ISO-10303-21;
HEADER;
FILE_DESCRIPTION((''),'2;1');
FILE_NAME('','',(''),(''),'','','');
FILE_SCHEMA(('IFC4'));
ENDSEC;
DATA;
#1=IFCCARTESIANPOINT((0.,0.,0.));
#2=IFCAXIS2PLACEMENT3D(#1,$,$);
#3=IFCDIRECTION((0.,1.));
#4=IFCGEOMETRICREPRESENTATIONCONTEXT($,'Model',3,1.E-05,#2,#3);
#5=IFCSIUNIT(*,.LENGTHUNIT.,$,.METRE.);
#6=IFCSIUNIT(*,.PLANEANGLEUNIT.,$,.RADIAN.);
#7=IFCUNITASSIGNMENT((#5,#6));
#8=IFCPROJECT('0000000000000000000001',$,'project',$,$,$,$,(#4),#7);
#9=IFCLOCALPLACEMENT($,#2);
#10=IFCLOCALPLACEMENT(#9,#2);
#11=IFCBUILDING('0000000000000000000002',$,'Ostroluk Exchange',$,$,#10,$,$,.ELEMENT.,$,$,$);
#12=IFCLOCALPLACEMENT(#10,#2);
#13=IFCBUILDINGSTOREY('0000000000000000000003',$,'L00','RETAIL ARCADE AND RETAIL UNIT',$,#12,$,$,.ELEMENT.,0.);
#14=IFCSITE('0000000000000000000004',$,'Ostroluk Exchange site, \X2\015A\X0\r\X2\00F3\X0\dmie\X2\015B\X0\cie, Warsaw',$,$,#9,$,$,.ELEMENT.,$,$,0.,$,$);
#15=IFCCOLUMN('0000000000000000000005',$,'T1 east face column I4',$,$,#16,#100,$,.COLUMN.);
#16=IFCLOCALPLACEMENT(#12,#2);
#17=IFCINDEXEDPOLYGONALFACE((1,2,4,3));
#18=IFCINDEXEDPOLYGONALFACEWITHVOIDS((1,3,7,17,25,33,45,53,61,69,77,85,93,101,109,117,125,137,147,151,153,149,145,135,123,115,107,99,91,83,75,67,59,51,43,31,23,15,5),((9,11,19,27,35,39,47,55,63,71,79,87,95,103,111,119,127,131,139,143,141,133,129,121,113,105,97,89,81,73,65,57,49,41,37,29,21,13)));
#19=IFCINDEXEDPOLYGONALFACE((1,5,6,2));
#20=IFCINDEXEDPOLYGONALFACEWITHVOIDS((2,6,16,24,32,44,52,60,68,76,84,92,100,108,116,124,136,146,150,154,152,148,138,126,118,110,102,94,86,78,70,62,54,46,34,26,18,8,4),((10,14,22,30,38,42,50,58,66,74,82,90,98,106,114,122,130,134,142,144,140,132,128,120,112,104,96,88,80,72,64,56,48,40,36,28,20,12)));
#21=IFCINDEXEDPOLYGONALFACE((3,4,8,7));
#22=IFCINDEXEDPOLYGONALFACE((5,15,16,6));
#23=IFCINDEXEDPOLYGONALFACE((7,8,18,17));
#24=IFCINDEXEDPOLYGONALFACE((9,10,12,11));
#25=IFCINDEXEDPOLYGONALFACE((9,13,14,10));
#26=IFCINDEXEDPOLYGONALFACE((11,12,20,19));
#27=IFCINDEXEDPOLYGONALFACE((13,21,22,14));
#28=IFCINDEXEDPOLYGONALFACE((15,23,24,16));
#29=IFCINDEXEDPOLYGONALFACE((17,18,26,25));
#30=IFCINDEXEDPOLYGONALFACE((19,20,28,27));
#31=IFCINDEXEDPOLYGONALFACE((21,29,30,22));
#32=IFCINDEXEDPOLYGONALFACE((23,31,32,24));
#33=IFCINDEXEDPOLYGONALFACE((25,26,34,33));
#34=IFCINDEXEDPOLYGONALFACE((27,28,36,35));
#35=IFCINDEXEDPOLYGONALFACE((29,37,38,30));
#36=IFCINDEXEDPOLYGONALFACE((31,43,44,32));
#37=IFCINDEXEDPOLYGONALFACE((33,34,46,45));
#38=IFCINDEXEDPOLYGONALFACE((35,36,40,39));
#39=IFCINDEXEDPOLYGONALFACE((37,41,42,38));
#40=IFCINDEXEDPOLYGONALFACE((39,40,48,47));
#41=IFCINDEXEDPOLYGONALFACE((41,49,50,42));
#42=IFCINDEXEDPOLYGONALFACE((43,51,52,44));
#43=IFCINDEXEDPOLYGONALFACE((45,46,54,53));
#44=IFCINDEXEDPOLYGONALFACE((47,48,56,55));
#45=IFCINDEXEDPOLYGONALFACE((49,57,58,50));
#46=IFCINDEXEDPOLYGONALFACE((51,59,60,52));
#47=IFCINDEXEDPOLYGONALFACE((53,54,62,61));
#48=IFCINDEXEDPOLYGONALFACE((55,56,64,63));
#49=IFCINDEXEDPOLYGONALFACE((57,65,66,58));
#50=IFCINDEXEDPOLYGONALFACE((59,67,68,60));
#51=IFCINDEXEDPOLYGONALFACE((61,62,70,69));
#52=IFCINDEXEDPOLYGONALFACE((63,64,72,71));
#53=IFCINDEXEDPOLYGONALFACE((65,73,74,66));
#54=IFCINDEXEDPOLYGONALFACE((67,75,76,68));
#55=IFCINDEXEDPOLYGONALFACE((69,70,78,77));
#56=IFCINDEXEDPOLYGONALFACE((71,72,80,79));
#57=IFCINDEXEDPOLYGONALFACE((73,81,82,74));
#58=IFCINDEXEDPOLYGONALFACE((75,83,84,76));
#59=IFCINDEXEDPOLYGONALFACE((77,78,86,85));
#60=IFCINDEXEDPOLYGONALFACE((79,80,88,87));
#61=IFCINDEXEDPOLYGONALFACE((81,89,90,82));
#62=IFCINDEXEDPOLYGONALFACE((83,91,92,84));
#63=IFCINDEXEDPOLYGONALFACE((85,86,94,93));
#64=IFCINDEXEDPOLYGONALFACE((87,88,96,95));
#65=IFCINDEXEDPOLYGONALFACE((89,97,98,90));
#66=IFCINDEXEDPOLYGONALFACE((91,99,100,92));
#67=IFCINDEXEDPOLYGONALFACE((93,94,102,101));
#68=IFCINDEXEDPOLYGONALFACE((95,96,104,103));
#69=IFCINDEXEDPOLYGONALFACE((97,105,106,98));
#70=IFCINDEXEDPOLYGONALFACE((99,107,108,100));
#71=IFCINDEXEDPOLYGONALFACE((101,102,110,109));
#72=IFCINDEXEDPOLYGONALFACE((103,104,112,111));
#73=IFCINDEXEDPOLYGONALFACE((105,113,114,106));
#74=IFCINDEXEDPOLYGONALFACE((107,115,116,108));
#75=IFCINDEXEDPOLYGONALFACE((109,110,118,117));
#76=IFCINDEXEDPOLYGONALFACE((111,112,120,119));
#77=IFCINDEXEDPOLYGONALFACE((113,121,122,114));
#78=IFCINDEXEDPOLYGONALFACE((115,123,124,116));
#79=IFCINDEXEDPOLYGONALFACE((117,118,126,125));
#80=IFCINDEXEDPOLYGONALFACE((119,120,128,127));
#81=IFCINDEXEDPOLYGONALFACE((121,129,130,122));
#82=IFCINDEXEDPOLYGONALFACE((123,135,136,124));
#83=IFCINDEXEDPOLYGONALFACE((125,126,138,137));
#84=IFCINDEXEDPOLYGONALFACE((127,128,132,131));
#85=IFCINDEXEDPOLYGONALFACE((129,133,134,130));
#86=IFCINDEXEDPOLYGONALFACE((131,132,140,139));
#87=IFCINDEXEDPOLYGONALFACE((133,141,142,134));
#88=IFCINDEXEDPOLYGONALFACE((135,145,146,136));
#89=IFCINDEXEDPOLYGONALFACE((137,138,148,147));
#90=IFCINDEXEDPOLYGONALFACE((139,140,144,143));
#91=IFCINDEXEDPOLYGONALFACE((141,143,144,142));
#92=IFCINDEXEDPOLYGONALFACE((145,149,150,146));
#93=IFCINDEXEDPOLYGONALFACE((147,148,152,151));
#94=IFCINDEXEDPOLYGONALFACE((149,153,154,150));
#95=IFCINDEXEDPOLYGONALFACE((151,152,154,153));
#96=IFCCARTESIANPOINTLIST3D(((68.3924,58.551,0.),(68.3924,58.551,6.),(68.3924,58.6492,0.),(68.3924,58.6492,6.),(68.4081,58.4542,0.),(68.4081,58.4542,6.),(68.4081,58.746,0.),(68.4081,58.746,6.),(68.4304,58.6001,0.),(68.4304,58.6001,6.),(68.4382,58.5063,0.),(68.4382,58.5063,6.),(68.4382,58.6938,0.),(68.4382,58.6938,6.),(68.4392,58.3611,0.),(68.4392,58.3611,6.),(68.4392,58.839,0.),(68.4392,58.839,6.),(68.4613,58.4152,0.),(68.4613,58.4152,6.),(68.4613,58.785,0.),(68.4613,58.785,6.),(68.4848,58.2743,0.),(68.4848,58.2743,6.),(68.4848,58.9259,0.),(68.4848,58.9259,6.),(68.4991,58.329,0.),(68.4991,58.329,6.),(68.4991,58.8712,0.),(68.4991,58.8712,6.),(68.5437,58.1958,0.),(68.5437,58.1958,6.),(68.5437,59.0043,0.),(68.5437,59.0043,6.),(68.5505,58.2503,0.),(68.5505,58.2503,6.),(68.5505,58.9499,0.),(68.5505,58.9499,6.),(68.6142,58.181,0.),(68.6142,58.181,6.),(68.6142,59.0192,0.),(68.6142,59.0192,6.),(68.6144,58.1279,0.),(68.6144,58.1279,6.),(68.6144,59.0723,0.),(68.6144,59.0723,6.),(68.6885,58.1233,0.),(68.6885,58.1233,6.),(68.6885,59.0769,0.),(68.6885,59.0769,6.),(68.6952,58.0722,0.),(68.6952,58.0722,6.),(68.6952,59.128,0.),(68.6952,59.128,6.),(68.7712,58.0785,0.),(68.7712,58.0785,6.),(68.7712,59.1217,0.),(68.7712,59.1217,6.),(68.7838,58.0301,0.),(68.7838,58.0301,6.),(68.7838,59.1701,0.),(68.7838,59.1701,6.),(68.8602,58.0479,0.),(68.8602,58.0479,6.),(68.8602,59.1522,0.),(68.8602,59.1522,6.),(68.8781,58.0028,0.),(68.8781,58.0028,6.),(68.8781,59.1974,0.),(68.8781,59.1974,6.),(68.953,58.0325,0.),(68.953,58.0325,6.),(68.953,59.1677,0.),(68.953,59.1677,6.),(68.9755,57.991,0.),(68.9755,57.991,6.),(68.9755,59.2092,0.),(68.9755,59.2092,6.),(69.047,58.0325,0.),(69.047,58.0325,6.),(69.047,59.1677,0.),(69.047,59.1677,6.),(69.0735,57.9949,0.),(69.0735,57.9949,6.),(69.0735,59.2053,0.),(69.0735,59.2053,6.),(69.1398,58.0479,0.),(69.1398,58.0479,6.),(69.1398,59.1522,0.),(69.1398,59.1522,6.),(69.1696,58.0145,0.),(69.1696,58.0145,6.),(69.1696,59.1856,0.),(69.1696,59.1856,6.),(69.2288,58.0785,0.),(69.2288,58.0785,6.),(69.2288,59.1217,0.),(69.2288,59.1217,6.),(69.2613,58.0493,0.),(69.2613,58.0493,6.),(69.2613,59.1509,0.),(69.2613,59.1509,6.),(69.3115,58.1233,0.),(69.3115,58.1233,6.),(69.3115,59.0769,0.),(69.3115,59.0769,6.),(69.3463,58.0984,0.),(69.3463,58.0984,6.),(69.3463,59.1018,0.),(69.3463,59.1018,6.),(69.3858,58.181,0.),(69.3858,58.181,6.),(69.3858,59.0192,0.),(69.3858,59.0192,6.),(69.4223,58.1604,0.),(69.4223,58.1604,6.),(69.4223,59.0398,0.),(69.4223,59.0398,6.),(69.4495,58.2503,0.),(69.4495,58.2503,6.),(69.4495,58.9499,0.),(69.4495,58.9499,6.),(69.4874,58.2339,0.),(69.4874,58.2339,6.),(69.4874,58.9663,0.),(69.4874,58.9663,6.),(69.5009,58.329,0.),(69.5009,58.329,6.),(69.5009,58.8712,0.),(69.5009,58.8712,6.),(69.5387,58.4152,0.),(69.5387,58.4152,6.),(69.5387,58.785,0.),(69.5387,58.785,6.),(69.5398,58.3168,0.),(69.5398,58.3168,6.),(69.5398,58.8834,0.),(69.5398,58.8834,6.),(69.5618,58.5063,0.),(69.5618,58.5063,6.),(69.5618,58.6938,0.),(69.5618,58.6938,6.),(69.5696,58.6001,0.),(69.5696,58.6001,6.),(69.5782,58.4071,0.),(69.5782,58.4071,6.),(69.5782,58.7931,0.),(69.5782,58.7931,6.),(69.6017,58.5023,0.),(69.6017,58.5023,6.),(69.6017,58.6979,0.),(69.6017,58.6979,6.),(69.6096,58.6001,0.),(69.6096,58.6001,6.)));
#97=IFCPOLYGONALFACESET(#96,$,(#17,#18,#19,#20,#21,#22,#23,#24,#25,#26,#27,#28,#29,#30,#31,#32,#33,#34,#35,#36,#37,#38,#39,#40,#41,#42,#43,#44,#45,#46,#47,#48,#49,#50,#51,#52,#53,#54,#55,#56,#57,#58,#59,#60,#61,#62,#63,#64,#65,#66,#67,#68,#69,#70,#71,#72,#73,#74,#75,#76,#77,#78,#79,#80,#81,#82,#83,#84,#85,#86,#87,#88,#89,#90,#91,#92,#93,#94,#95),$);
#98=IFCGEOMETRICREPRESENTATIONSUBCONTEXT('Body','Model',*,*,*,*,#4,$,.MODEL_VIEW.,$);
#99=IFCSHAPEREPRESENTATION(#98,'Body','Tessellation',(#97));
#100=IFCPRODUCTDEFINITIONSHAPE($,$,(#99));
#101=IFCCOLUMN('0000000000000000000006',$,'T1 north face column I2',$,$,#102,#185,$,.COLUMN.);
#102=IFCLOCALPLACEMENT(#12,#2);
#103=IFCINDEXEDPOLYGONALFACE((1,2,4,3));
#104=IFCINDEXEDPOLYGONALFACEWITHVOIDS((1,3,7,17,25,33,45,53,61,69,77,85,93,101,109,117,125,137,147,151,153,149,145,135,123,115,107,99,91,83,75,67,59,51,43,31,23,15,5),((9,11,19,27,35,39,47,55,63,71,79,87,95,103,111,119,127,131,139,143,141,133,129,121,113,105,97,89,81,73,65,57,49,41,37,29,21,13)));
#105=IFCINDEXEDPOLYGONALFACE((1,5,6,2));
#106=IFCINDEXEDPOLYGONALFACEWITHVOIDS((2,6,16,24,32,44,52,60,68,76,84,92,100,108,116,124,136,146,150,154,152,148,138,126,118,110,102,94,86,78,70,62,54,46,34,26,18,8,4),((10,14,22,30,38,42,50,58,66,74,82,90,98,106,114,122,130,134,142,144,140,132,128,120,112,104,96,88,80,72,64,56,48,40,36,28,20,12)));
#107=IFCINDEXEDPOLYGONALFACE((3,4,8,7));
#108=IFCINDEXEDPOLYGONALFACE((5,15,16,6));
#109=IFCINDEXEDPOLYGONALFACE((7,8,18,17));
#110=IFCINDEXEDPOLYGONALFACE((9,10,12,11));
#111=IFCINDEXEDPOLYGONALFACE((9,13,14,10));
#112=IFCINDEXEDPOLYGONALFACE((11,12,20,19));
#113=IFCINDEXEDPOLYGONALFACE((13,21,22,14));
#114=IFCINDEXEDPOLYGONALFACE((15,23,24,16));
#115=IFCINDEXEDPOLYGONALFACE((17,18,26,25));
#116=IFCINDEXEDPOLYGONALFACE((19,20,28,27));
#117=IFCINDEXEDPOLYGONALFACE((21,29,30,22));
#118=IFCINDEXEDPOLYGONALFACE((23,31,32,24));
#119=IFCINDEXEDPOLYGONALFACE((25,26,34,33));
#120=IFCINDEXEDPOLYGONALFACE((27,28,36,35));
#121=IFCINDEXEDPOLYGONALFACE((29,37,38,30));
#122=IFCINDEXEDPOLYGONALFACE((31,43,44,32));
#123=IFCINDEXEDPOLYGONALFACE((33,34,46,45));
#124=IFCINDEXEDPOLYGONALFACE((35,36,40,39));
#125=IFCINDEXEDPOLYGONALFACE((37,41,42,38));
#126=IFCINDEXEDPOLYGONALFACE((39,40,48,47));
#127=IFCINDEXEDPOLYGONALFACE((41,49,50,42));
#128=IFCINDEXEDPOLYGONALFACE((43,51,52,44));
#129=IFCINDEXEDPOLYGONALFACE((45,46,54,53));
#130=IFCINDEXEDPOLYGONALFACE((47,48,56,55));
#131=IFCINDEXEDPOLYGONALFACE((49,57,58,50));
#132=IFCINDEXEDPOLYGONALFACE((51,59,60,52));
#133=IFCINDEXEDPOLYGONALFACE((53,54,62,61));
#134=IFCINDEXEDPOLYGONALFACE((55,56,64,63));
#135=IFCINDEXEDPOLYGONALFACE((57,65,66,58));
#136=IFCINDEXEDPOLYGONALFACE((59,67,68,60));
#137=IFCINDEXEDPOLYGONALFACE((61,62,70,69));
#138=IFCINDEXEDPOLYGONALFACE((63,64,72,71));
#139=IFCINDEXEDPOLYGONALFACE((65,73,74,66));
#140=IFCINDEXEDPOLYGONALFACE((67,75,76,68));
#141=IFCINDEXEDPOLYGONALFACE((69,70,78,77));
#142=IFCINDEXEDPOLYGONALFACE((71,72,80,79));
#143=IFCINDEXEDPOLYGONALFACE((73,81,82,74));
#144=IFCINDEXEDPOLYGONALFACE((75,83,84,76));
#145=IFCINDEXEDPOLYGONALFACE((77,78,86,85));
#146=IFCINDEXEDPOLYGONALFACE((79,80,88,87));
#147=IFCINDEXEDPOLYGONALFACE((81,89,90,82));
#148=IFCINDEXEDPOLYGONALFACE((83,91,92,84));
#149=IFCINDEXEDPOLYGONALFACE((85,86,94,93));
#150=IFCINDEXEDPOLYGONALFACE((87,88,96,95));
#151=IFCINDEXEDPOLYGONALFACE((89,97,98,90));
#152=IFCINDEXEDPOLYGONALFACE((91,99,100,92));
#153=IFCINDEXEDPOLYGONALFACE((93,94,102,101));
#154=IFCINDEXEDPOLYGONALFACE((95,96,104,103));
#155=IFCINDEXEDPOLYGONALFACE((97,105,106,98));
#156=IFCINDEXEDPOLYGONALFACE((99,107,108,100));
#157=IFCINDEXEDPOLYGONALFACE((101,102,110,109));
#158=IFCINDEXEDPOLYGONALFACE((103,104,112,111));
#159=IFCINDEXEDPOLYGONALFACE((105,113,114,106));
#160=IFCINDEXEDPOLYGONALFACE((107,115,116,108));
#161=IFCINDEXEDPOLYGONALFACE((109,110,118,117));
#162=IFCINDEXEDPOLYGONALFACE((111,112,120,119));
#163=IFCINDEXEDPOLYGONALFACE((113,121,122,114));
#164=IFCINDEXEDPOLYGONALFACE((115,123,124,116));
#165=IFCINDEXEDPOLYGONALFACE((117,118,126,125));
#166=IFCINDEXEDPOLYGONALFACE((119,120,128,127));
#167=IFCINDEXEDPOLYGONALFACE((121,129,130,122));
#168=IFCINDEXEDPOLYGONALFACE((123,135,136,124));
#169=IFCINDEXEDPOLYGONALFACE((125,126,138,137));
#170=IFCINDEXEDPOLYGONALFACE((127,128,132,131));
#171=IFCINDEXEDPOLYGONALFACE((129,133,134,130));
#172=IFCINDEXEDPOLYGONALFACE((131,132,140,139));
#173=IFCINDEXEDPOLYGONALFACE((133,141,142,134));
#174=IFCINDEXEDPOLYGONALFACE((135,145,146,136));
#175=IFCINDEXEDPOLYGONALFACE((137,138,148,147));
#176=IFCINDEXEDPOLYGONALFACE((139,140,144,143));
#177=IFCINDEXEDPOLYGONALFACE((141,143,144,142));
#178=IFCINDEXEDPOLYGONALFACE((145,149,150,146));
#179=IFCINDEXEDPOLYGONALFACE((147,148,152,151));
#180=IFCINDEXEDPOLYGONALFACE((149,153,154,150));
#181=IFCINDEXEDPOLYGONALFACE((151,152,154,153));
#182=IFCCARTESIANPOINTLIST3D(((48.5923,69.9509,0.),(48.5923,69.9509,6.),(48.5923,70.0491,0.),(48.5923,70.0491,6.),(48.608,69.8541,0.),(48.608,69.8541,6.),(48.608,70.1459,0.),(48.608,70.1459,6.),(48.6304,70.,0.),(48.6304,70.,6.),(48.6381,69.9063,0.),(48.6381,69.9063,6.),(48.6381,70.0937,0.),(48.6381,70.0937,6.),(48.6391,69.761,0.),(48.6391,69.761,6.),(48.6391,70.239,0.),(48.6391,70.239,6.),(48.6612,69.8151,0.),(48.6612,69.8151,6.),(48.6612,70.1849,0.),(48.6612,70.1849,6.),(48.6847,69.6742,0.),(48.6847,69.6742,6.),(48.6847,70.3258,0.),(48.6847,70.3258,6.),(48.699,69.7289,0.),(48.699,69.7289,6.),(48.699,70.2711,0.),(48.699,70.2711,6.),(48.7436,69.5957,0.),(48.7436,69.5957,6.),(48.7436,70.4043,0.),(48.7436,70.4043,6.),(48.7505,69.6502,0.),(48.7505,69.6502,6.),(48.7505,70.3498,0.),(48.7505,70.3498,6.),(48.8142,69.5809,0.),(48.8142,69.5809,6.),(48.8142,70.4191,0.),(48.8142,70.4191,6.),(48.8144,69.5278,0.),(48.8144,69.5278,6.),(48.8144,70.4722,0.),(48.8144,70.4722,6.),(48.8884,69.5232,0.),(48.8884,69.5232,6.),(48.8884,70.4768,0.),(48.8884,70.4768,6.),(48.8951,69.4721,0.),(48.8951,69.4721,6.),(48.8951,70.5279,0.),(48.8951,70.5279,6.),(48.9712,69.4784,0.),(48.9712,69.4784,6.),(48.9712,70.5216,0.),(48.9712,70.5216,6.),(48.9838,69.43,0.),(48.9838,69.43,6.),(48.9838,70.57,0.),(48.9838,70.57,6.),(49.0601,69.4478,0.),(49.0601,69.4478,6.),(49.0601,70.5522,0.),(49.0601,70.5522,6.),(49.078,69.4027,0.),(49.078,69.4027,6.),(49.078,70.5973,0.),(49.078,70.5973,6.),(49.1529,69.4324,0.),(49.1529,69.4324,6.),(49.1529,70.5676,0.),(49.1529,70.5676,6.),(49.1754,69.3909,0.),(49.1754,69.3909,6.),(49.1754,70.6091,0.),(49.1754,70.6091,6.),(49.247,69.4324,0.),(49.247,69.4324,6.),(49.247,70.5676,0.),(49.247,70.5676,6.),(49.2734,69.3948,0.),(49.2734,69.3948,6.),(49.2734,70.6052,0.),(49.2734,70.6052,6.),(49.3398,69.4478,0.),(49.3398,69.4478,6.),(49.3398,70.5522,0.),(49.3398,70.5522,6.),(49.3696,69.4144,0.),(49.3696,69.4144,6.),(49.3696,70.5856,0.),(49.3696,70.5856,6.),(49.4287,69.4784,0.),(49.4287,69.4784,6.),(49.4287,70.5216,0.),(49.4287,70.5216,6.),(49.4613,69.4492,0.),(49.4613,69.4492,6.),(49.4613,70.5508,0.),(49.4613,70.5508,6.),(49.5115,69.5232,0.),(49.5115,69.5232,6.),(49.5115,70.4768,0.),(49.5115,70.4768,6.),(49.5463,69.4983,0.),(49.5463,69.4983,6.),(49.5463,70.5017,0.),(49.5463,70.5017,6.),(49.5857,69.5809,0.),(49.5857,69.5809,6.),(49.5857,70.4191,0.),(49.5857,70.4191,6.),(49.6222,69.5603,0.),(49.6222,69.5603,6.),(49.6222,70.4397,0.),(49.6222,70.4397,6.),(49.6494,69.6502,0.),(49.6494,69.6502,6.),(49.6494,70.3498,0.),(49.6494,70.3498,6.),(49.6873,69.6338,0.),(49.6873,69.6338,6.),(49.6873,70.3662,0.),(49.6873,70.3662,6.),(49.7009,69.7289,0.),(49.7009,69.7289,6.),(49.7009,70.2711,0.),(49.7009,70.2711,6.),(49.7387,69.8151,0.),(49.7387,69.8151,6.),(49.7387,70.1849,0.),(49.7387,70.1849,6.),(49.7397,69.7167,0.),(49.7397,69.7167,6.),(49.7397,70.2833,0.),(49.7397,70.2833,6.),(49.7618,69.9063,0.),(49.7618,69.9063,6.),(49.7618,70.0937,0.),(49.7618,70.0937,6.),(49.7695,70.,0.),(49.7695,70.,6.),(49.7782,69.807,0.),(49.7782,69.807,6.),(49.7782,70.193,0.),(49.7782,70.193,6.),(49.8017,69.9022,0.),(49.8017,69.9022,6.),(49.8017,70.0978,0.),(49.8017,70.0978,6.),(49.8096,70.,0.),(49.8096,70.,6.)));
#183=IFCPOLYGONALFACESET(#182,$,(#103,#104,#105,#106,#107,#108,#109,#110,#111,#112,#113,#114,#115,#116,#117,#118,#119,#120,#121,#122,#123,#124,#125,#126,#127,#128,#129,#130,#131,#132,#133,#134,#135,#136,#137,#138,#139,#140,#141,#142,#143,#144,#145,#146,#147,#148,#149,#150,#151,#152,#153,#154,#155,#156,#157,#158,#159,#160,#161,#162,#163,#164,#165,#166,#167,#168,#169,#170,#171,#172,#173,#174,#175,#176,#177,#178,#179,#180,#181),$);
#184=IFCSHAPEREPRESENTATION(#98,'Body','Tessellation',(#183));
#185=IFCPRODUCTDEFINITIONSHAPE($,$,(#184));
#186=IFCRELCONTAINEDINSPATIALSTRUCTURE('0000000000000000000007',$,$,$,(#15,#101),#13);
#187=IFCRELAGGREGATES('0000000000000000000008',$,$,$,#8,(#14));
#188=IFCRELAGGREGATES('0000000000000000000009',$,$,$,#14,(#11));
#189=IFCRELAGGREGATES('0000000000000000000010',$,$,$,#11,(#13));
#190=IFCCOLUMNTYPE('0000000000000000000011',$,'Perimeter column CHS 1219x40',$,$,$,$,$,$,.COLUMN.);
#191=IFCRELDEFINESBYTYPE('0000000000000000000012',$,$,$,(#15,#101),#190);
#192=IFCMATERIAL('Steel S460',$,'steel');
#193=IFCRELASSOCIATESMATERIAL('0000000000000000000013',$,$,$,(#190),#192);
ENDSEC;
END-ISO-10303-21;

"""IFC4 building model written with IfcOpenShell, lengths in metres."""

from ifc_helpers import new_model, si_unit, direction, frame, origin, origin_2d, place, context, subcontext, project, spatial, hollow_circle, extrude, material, material_profile, profile_set, type_object, element, save


model = new_model("IFC4")

# Units and contexts
model_context = context("Model", 3, precision=1e-05, world=origin(), true_north=direction((0.0, 1.0)))
body_context = subcontext(model_context, "Body", "Model", "MODEL_VIEW")
ifc_project = project(units=[si_unit("LENGTHUNIT", "METRE"), si_unit("PLANEANGLEUNIT", "RADIAN")], contexts=[model_context])

# Site, building, storey
site_placement = place(None, origin())
site = spatial("IfcSite", under=ifc_project, at=site_placement, Name="Ostroluk Exchange site, Śródmieście, Warsaw", CompositionType="ELEMENT", RefElevation=0.0)
building_placement = place(site_placement, origin())
building = spatial("IfcBuilding", under=site, at=building_placement, Name="Ostroluk Exchange", CompositionType="ELEMENT")
storey_placement = place(building_placement, origin())
storey = spatial("IfcBuildingStorey", under=building, at=storey_placement, Name="L00", Description="RETAIL ARCADE AND RETAIL UNIT", CompositionType="ELEMENT", Elevation=0.0)

# Columns
ifc_material_1 = material(Name="Steel S460", Category="steel")
ifc_material_profile_1 = material_profile(ifc_material_1, hollow_circle(Radius=0.6096, WallThickness=0.04, at=origin_2d()), Name="CHS 1219x40")
ifc_profile_set_1 = profile_set([ifc_material_profile_1], Name="Steel S460")
column_type_1 = type_object("IfcColumnType", Name="Perimeter column CHS 1219x40", PredefinedType="COLUMN", material=ifc_profile_set_1)
for number, where, z_axis, x_axis, name in (
    (1, (69.0, 58.6001, 0.0), (0.0, 0.0, 1.0), (1.0, 0.0, 0.0), "T1 east face column I4"),
    (2, (49.2, 70.0, 0.0), (0.0, 0.0, 1.0), (1.0, 0.0, 0.0), "T1 north face column I2"),
):
    element("IfcColumn", number, at=place(storey_placement, frame(where, z_axis=z_axis, x_axis=x_axis)), inside=storey, type_object=column_type_1, Name=name, PredefinedType="COLUMN", context=body_context, shape_type="SweptSolid", body=[
        extrude(hollow_circle(Radius=0.6096, WallThickness=0.04, at=origin_2d()), origin(), (0.0, 0.0, 1.0), 6.0),
    ])

save(model, "model.ifc")
